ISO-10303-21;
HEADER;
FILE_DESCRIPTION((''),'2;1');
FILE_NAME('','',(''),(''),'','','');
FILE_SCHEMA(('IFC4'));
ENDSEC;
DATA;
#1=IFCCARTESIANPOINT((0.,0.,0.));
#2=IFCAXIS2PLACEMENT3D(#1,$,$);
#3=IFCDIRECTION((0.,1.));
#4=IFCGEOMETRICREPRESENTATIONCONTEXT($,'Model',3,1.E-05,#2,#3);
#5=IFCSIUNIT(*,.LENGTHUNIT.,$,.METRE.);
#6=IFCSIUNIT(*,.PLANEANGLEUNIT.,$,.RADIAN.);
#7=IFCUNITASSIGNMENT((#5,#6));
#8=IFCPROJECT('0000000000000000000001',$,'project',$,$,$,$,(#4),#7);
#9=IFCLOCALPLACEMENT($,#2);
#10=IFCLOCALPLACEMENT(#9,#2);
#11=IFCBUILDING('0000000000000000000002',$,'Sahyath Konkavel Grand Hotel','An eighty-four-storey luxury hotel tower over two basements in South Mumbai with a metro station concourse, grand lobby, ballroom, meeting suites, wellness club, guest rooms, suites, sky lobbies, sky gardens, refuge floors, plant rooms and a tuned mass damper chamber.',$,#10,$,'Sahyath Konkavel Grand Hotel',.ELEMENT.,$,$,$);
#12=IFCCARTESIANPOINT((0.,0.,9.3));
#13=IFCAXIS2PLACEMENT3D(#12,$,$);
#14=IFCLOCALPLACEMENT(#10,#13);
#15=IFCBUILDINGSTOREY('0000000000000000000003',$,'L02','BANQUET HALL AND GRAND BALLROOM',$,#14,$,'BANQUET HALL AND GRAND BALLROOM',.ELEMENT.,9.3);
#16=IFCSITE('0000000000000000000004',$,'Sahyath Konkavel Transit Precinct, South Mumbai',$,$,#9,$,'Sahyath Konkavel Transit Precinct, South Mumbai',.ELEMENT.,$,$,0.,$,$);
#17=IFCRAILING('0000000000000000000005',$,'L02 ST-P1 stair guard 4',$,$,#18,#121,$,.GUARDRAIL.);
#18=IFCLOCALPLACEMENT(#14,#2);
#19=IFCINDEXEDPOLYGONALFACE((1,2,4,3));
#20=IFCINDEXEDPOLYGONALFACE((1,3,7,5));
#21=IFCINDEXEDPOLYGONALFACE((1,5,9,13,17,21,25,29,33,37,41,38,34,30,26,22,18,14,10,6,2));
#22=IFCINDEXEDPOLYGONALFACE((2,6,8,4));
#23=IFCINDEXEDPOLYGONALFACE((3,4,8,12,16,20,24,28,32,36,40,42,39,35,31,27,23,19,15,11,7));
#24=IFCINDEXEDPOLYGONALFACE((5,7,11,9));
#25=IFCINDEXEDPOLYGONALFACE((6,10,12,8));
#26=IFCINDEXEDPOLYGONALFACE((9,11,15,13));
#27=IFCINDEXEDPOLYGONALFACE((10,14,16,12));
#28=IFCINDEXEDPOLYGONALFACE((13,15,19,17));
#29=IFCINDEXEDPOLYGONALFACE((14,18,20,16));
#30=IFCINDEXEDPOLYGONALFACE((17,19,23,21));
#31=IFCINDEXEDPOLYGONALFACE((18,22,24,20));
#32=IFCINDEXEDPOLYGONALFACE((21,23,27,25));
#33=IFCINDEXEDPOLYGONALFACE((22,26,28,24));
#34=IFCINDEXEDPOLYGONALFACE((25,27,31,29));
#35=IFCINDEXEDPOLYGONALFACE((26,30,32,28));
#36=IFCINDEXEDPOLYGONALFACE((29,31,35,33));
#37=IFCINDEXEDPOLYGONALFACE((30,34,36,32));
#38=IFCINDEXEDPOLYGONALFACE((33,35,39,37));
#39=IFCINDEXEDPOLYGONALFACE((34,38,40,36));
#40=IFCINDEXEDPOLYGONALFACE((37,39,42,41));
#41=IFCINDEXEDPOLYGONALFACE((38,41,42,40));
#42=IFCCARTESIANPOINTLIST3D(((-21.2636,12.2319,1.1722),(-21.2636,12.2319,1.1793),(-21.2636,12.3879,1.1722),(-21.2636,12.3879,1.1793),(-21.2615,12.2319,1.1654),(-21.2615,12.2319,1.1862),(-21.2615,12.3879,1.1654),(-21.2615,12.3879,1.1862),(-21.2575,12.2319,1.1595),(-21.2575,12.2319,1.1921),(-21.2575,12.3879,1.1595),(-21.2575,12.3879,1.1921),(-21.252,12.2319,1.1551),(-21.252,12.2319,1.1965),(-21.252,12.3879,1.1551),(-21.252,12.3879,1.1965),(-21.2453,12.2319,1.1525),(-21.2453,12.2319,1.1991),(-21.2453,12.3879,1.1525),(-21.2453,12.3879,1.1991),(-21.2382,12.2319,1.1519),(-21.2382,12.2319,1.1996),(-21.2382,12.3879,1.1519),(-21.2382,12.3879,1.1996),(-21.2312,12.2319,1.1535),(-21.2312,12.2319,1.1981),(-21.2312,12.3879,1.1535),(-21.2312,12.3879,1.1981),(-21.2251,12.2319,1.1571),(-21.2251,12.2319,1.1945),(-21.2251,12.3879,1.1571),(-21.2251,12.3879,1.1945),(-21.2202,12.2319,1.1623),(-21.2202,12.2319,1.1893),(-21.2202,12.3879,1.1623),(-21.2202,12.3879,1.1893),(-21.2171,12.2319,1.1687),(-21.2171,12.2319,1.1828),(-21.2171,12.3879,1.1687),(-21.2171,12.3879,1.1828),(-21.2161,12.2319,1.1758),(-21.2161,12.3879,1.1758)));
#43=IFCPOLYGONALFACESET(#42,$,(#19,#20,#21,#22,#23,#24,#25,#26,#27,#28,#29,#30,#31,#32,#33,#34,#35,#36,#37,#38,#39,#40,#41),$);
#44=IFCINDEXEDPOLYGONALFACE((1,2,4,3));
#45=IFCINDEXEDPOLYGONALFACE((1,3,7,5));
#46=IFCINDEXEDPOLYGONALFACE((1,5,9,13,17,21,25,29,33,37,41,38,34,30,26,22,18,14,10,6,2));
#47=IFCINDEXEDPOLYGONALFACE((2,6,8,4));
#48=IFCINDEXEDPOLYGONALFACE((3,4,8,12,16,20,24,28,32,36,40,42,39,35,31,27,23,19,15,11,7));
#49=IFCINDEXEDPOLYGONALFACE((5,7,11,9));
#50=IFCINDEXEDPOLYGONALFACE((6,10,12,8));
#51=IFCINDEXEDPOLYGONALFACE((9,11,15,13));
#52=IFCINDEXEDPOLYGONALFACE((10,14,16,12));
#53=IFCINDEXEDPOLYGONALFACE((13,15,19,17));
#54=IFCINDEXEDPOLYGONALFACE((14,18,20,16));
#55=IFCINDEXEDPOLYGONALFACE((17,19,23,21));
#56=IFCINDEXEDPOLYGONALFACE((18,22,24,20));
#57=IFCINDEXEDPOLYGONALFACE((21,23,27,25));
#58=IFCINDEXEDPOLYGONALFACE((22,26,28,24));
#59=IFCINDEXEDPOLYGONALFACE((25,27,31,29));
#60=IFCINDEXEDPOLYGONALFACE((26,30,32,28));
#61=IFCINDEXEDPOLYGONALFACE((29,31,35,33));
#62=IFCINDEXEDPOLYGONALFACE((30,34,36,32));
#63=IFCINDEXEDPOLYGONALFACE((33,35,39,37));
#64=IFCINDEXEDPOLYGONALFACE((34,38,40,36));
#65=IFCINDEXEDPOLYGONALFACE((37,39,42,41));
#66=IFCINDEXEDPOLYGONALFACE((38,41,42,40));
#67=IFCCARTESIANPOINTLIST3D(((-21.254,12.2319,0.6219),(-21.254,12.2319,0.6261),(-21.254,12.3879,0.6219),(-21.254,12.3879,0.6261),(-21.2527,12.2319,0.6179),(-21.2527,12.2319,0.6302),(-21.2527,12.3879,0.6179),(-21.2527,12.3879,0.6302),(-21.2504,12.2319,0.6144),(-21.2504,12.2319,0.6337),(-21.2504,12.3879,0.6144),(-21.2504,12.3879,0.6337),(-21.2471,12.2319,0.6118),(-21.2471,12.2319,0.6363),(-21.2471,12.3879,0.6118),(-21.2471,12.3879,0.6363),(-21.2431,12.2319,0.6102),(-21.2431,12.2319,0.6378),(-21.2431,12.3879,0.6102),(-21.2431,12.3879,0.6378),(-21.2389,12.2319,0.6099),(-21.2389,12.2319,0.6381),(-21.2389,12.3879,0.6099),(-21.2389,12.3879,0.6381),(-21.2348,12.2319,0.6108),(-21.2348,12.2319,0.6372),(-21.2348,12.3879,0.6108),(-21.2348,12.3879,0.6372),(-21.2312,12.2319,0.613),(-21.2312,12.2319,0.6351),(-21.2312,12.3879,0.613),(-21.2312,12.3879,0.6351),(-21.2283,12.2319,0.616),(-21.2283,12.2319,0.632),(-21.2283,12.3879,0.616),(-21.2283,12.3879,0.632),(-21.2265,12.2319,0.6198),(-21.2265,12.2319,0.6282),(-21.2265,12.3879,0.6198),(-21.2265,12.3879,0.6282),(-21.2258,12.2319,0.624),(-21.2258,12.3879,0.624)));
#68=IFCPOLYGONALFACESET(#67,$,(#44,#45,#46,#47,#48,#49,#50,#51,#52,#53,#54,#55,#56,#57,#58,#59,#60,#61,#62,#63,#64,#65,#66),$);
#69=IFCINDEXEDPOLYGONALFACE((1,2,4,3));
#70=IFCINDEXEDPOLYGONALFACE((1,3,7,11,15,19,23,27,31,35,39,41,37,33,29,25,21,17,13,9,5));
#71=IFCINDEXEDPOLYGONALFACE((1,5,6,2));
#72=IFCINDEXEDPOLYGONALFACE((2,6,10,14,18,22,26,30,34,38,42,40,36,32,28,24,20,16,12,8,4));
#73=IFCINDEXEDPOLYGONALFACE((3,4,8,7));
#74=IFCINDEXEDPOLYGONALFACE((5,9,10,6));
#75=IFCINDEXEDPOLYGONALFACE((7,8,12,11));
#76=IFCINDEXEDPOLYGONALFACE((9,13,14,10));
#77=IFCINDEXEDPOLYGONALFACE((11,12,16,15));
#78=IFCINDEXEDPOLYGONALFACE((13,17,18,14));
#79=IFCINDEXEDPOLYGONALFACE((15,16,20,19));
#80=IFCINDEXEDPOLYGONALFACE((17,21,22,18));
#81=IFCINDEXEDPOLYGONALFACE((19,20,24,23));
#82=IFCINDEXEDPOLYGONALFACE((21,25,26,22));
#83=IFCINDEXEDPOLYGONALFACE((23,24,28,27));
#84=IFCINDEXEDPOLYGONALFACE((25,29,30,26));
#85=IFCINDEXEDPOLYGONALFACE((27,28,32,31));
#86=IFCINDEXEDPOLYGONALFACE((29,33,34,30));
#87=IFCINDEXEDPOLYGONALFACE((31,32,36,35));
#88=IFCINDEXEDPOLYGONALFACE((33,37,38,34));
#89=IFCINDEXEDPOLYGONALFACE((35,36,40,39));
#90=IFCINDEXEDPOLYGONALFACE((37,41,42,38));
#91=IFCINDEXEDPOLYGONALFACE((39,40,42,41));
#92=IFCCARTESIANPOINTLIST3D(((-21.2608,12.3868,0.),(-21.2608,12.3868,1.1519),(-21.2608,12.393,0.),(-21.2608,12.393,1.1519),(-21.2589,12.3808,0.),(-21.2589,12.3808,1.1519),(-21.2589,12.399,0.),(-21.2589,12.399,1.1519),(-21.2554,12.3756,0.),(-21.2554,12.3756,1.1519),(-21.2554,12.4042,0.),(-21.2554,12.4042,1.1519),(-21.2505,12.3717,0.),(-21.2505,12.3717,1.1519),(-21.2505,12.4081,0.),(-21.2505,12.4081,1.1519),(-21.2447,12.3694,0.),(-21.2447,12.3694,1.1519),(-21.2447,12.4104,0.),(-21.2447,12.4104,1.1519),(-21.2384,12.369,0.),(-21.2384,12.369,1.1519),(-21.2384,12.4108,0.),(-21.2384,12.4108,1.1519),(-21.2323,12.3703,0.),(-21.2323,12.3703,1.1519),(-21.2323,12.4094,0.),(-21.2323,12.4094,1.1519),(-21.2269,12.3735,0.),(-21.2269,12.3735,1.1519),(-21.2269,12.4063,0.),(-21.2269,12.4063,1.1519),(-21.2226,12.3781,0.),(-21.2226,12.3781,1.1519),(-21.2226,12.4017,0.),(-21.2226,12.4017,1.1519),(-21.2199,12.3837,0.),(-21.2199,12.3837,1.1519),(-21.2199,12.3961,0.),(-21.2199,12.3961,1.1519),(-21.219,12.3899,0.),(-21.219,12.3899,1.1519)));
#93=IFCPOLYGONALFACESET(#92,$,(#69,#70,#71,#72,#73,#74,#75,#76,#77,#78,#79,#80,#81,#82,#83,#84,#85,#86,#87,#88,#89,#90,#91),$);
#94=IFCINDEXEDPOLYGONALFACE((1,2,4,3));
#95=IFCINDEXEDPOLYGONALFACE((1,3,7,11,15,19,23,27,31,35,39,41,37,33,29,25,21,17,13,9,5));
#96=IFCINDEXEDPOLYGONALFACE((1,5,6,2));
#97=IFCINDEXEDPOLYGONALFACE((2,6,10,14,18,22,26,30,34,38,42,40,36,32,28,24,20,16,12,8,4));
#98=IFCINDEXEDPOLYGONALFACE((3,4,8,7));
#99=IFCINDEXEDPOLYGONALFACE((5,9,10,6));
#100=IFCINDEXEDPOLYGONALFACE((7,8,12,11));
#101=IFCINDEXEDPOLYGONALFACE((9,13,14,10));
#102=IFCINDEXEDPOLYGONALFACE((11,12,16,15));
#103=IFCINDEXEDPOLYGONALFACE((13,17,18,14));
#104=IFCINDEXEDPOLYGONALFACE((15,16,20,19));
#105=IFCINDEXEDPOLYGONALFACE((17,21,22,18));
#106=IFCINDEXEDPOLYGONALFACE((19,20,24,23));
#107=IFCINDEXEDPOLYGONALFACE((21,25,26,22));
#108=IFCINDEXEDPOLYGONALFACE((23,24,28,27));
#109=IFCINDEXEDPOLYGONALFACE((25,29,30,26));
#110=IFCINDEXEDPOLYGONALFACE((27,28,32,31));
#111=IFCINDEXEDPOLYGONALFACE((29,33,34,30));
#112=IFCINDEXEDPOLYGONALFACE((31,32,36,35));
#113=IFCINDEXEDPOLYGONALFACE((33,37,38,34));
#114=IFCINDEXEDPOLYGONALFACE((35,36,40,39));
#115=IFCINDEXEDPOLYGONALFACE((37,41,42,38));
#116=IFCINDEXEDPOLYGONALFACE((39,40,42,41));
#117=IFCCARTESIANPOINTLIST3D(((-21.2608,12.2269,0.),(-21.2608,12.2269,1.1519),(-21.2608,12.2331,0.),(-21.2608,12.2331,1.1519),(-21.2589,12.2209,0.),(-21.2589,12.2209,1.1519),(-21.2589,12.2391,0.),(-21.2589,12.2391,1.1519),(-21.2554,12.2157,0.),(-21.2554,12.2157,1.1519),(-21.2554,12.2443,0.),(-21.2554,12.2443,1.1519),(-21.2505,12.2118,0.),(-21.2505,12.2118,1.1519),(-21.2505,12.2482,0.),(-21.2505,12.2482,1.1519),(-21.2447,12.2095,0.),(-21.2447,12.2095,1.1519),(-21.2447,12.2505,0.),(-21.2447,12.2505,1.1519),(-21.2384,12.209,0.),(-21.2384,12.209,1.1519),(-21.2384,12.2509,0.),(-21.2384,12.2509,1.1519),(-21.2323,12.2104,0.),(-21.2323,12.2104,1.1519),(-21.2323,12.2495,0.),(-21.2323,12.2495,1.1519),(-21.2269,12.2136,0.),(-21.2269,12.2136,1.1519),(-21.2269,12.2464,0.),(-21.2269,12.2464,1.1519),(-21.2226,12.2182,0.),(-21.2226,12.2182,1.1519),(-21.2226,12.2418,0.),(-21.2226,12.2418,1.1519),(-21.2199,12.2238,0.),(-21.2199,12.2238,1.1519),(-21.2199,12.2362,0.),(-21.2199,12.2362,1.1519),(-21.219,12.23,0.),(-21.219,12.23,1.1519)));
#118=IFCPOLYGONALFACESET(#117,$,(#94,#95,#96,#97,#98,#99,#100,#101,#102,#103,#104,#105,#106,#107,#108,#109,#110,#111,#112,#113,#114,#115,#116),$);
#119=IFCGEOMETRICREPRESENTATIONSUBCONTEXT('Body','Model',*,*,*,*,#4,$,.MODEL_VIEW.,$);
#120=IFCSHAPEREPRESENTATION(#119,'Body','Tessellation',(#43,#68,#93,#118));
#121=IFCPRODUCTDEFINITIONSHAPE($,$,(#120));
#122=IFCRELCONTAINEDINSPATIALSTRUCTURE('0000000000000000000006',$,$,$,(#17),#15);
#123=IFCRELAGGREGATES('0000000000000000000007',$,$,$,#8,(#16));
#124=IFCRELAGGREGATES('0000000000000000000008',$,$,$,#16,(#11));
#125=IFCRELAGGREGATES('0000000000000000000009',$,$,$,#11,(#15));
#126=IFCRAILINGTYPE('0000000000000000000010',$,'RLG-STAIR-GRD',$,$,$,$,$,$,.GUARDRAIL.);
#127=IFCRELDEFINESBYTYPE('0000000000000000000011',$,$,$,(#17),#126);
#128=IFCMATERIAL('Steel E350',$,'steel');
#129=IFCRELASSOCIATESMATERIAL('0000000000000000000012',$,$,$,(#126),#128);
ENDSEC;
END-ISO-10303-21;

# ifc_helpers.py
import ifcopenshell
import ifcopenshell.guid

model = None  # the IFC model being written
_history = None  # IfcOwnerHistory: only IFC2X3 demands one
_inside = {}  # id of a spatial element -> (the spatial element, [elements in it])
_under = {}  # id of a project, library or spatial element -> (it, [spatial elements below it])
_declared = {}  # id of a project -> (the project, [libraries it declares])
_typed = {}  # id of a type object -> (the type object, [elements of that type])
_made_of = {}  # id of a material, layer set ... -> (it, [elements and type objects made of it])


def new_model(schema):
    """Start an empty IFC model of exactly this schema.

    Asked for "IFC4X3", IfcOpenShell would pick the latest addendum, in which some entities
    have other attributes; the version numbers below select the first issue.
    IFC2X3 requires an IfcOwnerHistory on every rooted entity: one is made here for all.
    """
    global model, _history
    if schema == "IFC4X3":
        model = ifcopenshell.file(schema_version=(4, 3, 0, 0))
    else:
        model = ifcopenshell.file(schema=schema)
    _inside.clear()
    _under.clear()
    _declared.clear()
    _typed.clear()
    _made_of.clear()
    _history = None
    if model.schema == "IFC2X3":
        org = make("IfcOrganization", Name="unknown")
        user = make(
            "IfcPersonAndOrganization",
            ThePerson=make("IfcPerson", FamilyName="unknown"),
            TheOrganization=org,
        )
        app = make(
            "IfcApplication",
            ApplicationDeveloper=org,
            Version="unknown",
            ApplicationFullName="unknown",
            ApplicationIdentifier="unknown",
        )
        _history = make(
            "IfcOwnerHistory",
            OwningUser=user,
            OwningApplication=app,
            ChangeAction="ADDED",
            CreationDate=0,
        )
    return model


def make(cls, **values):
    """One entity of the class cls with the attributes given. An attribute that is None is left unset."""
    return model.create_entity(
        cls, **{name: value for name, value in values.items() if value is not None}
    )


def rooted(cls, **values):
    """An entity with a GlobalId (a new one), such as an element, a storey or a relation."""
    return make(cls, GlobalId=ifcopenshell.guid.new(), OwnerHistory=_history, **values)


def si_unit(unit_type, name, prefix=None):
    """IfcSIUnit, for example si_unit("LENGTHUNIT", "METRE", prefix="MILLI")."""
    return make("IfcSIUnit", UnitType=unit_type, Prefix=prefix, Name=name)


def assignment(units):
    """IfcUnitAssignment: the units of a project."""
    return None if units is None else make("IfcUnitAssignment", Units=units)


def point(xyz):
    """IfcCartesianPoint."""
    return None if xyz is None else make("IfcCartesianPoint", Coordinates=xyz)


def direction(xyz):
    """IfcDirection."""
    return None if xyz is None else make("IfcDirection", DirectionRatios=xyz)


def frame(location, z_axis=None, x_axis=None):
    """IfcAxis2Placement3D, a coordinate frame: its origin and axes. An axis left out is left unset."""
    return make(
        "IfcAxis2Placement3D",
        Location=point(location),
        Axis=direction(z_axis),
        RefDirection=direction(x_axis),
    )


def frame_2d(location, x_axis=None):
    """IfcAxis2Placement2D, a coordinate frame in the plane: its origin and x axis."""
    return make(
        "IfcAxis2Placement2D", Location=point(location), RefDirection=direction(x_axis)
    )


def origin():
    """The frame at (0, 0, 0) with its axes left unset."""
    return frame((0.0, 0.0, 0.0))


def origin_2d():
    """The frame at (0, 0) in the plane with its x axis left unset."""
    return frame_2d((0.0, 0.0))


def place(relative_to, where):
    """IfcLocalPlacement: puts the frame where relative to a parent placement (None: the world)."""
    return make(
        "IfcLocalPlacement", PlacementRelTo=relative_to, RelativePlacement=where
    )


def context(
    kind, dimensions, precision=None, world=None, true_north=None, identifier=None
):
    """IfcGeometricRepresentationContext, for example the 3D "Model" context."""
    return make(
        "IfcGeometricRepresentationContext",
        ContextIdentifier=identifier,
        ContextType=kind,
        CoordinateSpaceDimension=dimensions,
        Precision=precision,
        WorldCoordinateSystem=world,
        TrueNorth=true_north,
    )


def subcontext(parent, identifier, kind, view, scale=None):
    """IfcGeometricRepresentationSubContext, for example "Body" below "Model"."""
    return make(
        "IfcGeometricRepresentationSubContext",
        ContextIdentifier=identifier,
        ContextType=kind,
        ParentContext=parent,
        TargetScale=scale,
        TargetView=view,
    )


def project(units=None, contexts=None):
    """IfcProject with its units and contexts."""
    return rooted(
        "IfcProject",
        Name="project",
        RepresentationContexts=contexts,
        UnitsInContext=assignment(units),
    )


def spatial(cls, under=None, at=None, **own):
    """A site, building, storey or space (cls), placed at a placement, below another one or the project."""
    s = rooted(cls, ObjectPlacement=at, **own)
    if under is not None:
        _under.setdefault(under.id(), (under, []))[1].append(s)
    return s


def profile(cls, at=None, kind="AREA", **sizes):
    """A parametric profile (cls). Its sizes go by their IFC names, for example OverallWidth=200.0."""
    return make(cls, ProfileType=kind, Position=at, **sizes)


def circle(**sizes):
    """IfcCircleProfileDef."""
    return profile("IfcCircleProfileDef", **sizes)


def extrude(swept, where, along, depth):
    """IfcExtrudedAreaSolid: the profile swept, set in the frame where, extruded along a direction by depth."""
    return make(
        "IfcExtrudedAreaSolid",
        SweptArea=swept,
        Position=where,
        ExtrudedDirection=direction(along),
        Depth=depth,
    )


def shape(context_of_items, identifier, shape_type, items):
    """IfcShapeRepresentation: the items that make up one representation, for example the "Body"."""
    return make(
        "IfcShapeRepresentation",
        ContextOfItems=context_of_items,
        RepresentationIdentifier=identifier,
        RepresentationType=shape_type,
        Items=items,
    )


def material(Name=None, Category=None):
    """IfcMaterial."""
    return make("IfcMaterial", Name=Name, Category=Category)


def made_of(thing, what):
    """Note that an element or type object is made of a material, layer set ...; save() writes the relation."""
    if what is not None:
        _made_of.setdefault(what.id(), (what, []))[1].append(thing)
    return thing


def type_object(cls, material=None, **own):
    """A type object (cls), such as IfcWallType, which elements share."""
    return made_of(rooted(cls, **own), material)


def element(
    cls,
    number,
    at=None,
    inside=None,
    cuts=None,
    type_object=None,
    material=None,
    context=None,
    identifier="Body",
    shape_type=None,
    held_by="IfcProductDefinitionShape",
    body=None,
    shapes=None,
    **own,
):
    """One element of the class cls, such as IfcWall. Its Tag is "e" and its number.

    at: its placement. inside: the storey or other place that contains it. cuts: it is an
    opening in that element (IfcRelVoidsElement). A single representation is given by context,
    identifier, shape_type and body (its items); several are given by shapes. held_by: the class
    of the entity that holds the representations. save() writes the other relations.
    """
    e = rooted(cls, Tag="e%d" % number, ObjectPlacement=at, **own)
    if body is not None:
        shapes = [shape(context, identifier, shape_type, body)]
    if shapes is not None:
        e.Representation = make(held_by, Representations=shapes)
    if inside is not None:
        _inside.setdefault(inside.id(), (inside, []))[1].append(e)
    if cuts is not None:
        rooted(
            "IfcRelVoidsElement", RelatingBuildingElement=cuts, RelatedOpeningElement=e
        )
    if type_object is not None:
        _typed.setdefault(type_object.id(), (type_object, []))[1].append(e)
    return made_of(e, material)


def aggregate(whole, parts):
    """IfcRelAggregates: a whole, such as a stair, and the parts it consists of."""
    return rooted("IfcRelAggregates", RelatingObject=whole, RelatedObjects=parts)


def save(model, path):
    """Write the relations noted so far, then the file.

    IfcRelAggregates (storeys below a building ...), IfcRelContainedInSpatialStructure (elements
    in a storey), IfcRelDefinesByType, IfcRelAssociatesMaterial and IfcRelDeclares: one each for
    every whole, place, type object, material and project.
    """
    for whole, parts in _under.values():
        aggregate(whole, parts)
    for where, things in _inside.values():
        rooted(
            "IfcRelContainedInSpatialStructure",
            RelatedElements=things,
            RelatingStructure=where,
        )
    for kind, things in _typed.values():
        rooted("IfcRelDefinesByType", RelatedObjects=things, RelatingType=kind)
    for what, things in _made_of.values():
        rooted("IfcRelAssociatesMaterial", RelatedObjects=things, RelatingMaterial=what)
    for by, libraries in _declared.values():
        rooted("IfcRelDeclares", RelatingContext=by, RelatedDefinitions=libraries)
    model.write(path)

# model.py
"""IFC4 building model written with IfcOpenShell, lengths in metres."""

from ifc_helpers import new_model, si_unit, direction, frame, origin, origin_2d, place, context, subcontext, project, spatial, circle, extrude, material, type_object, element, save


model = new_model("IFC4")

# Units and contexts
model_context = context("Model", 3, precision=1e-05, world=origin(), true_north=direction((0.0, 1.0)))
body_context = subcontext(model_context, "Body", "Model", "MODEL_VIEW")
ifc_project = project(units=[si_unit("LENGTHUNIT", "METRE"), si_unit("PLANEANGLEUNIT", "RADIAN")], contexts=[model_context])

# Site, building, storey
site_placement = place(None, origin())
site = spatial("IfcSite", under=ifc_project, at=site_placement, Name="Sahyath Konkavel Transit Precinct, South Mumbai", LongName="Sahyath Konkavel Transit Precinct, South Mumbai", CompositionType="ELEMENT", RefElevation=0.0)
building_placement = place(site_placement, origin())
building = spatial("IfcBuilding", under=site, at=building_placement, Name="Sahyath Konkavel Grand Hotel", Description="An eighty-four-storey luxury hotel tower over two basements in South Mumbai with a metro station concourse, grand lobby, ballroom, meeting suites, wellness club, guest rooms, suites, sky lobbies, sky gardens, refuge floors, plant rooms and a tuned mass damper chamber.", LongName="Sahyath Konkavel Grand Hotel", CompositionType="ELEMENT")
storey_placement = place(building_placement, frame((0.0, 0.0, 9.3)))
storey = spatial("IfcBuildingStorey", under=building, at=storey_placement, Name="L02", Description="BANQUET HALL AND GRAND BALLROOM", LongName="BANQUET HALL AND GRAND BALLROOM", CompositionType="ELEMENT", Elevation=9.3)

# Shared definitions
ifc_material_1 = material(Name="Steel E350", Category="steel")

# Railing
railing_type_1 = type_object("IfcRailingType", Name="RLG-STAIR-GRD", PredefinedType="GUARDRAIL", material=ifc_material_1)
railing_1_placement = place(storey_placement, frame((-21.24, 12.3899, 0.0)))
element("IfcRailing", 1, at=railing_1_placement, inside=storey, type_object=railing_type_1, Name="L02 ST-P1 stair guard 4", PredefinedType="GUARDRAIL", context=body_context, shape_type="SweptSolid", body=[
    extrude(circle(Radius=0.0239, at=origin_2d()), frame((0.0, -0.002, 1.1758), z_axis=(0.0, -1.0, 0.0), x_axis=(1.0, 0.0, 0.0)), (0.0, 0.0, 1.0), 0.156),
    extrude(circle(Radius=0.0142, at=origin_2d()), frame((0.0, -0.002, 0.624), z_axis=(0.0, -1.0, 0.0), x_axis=(1.0, 0.0, 0.0)), (0.0, 0.0, 1.0), 0.156),
    extrude(circle(Radius=0.021, at=origin_2d()), origin(), (0.0, 0.0, 1.0), 1.1519),
    extrude(circle(Radius=0.021, at=origin_2d()), frame((0.0, -0.1599, 0.0)), (0.0, 0.0, 1.0), 1.1519),
])

save(model, "model.ifc")
